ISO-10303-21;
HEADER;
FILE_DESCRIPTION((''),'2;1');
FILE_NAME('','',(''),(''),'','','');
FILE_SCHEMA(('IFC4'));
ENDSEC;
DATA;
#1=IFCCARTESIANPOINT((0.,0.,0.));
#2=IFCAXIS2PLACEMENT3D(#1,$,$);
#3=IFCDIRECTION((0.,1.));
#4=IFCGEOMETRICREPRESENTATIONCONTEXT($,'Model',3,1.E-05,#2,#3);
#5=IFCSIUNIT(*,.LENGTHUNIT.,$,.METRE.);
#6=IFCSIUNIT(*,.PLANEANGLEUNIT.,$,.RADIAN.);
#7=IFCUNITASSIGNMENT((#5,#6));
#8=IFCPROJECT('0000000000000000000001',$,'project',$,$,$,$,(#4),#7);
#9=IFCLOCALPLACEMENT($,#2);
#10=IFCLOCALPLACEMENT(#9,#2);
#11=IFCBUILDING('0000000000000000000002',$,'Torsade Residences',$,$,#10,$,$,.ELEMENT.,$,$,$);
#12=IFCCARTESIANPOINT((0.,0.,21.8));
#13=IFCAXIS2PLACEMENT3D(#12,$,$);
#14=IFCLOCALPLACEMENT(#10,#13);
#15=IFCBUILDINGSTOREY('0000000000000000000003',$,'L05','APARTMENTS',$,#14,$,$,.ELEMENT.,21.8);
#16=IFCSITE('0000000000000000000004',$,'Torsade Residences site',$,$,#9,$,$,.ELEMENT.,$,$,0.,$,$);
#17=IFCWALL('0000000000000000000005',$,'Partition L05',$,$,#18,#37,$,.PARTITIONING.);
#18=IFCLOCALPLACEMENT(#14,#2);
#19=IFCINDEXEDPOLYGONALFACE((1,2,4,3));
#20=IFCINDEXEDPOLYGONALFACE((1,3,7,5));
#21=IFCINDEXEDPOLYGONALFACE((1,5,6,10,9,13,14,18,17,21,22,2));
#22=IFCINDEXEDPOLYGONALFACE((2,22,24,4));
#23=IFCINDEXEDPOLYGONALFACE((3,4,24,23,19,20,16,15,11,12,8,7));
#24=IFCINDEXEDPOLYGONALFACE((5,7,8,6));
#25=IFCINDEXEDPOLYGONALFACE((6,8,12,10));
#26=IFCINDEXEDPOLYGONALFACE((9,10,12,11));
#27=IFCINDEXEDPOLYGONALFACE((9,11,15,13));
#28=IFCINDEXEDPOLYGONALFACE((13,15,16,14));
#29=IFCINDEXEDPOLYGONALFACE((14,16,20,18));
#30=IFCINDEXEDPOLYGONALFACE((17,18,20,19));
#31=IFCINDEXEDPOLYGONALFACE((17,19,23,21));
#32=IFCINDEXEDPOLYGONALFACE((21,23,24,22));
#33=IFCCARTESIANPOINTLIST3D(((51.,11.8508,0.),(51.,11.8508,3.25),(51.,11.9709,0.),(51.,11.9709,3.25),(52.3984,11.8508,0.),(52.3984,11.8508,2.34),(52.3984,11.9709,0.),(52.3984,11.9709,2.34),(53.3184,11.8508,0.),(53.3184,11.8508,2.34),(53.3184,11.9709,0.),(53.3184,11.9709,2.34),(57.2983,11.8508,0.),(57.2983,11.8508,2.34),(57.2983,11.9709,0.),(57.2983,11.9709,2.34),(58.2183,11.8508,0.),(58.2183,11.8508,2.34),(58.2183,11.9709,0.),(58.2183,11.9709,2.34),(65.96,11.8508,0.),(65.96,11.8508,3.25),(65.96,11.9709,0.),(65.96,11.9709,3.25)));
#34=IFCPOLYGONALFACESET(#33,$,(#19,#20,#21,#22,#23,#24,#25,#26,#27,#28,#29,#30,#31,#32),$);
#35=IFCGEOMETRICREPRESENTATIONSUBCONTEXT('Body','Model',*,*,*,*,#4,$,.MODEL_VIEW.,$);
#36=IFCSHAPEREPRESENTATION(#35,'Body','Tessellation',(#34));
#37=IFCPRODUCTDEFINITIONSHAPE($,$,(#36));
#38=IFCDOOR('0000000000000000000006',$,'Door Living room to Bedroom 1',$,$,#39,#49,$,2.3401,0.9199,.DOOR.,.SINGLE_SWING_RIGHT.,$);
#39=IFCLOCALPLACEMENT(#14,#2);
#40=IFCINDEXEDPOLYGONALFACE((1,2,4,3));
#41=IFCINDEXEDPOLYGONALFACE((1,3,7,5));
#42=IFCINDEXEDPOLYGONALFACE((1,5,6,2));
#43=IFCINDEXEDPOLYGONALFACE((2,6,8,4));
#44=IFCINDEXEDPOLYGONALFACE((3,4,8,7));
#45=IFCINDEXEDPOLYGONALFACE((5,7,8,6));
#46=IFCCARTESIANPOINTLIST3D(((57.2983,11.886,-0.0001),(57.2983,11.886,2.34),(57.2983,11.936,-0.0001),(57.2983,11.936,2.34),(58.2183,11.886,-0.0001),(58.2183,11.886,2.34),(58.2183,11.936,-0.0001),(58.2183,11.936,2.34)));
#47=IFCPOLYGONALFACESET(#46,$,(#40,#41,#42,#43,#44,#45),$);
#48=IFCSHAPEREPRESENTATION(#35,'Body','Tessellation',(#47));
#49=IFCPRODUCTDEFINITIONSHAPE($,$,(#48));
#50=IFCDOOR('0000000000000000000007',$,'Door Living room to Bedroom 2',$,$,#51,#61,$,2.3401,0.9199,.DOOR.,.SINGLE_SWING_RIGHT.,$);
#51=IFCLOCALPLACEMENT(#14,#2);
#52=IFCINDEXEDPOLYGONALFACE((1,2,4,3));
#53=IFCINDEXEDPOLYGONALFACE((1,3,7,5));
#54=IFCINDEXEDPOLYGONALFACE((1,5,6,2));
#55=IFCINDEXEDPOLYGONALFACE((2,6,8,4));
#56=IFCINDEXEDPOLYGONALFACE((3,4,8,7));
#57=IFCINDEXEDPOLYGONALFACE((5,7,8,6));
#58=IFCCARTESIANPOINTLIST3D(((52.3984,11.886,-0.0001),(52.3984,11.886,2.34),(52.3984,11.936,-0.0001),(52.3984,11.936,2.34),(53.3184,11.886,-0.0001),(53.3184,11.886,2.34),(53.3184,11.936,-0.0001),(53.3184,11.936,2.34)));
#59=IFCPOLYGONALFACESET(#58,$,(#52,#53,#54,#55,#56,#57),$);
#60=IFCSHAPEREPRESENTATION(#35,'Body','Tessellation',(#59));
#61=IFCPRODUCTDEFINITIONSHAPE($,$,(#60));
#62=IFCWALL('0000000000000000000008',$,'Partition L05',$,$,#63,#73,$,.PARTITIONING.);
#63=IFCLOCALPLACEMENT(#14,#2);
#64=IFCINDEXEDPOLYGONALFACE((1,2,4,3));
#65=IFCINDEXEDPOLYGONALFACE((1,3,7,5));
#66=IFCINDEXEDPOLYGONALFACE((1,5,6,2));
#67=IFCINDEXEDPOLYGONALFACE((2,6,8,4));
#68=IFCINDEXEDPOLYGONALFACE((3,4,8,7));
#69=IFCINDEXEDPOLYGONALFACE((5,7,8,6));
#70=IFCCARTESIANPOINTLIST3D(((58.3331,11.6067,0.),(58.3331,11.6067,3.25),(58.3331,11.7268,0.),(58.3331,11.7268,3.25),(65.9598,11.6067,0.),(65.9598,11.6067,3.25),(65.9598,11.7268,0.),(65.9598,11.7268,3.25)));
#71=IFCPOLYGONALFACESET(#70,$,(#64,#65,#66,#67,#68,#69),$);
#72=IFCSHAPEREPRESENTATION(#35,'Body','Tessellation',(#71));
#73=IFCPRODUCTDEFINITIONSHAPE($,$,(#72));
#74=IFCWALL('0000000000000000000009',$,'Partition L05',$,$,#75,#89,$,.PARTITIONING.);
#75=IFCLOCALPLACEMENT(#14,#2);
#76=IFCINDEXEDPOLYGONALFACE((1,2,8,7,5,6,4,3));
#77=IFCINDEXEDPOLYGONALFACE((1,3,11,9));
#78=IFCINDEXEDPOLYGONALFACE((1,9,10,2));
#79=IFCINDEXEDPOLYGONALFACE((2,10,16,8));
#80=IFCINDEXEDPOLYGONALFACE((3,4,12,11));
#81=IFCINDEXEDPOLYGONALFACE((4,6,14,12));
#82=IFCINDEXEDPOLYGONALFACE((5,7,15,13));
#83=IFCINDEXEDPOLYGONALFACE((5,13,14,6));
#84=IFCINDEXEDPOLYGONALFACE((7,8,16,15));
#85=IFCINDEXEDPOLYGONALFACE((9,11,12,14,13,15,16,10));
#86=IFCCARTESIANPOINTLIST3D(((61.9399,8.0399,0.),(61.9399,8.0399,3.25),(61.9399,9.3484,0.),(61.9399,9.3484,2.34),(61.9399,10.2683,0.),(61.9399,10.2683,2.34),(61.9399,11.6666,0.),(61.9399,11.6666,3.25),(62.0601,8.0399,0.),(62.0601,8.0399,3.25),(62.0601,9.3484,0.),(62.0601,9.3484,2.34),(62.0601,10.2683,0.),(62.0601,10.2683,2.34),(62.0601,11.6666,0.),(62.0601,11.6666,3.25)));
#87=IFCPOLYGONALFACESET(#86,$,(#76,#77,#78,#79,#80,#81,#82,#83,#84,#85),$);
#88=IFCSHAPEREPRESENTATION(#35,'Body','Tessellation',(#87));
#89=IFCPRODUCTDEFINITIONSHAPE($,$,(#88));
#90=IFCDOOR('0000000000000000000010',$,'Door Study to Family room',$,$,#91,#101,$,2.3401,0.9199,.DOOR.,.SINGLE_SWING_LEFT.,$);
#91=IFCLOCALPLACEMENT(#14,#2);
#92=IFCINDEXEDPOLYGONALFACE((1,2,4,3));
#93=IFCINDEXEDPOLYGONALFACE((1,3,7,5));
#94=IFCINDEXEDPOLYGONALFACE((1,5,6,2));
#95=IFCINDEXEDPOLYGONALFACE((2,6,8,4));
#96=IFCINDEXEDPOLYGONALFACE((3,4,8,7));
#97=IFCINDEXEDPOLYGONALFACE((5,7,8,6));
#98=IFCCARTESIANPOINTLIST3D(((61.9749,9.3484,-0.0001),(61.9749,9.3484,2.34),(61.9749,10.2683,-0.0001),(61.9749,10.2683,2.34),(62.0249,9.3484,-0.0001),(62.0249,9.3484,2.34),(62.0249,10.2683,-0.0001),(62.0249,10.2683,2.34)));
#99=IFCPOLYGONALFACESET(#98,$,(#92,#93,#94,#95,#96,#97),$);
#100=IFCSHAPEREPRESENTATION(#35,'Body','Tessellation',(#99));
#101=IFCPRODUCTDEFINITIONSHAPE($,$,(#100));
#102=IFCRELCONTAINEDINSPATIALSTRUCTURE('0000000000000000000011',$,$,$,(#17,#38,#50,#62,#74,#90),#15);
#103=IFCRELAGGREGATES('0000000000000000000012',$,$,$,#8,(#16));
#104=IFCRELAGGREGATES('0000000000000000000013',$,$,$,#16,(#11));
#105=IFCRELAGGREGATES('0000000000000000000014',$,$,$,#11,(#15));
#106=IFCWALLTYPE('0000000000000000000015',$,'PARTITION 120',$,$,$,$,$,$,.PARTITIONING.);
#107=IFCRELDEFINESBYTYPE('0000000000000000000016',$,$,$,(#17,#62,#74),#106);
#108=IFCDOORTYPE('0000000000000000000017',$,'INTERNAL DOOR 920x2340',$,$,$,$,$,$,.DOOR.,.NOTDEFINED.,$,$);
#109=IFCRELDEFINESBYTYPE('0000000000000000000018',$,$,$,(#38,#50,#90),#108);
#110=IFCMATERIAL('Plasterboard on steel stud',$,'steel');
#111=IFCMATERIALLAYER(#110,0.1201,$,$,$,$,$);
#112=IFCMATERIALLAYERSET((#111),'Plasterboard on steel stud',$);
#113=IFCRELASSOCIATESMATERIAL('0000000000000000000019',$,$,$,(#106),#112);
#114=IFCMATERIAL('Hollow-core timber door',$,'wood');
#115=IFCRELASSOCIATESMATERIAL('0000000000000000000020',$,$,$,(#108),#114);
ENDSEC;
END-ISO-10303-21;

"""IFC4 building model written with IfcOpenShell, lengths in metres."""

from ifc_helpers import new_model, si_unit, direction, frame, frame_2d, origin, place, context, subcontext, project, spatial, rectangle, extrude, material, layer, layer_set, type_object, element, fill, save


model = new_model("IFC4")

# Units and contexts
model_context = context("Model", 3, precision=1e-05, world=origin(), true_north=direction((0.0, 1.0)))
body_context = subcontext(model_context, "Body", "Model", "MODEL_VIEW")
ifc_project = project(units=[si_unit("LENGTHUNIT", "METRE"), si_unit("PLANEANGLEUNIT", "RADIAN")], contexts=[model_context])

# Site, building, storey
site_placement = place(None, origin())
site = spatial("IfcSite", under=ifc_project, at=site_placement, Name="Torsade Residences site", CompositionType="ELEMENT", RefElevation=0.0)
building_placement = place(site_placement, origin())
building = spatial("IfcBuilding", under=site, at=building_placement, Name="Torsade Residences", CompositionType="ELEMENT")
storey_placement = place(building_placement, frame((0.0, 0.0, 21.8)))
storey = spatial("IfcBuildingStorey", under=building, at=storey_placement, Name="L05", Description="APARTMENTS", CompositionType="ELEMENT", Elevation=21.8)

# Wall, openings, doors
ifc_material_1 = material(Name="Plasterboard on steel stud", Category="steel")
ifc_layer_1 = layer(ifc_material_1, 0.1201)
ifc_layer_set_1 = layer_set([ifc_layer_1], Name="Plasterboard on steel stud")
wall_type = type_object("IfcWallType", Name="PARTITION 120", PredefinedType="PARTITIONING", material=ifc_layer_set_1)
wall_1_placement = place(storey_placement, frame((65.96, 11.9109, 0.0), z_axis=(0.0, 0.0, 1.0), x_axis=(-1.0, 0.0, 0.0)))
wall_1 = element("IfcWall", 1, at=wall_1_placement, inside=storey, type_object=wall_type, Name="Partition L05", PredefinedType="PARTITIONING", context=body_context, shape_type="SweptSolid", body=[
    extrude(rectangle(XDim=14.96, YDim=0.1201, at=frame_2d((7.48, 0.0))), origin(), (0.0, 0.0, 1.0), 3.25),
])
opening_1_placement = place(wall_1_placement, frame((7.7417, 0.0, 0.0)))
opening_1 = element("IfcOpeningElement", 2, at=opening_1_placement, cuts=wall_1, PredefinedType="OPENING", context=body_context, shape_type="SweptSolid", body=[
    extrude(rectangle(XDim=0.9199, YDim=2.3401, at=frame_2d((0.46, 1.1699))), frame((0.0, 0.0701, 0.0), z_axis=(0.0, -1.0, 0.0), x_axis=(1.0, 0.0, 0.0)), (0.0, 0.0, 1.0), 0.1401),
])
opening_2_placement = place(wall_1_placement, frame((12.6416, 0.0, 0.0)))
opening_2 = element("IfcOpeningElement", 3, at=opening_2_placement, cuts=wall_1, PredefinedType="OPENING", context=body_context, shape_type="SweptSolid", body=[
    extrude(rectangle(XDim=0.9199, YDim=2.3401, at=frame_2d((0.46, 1.1699))), frame((0.0, 0.0701, 0.0), z_axis=(0.0, -1.0, 0.0), x_axis=(1.0, 0.0, 0.0)), (0.0, 0.0, 1.0), 0.1401),
])
ifc_material_2 = material(Name="Hollow-core timber door", Category="wood")
door_type = type_object("IfcDoorType", Name="INTERNAL DOOR 920x2340", OperationType="NOTDEFINED", PredefinedType="DOOR", material=ifc_material_2)
door_1_placement = place(opening_1_placement, origin())
door_1 = element("IfcDoor", 4, at=door_1_placement, inside=storey, type_object=door_type, Name="Door Living room to Bedroom 1", OperationType="SINGLE_SWING_RIGHT", OverallHeight=2.3401, OverallWidth=0.9199, PredefinedType="DOOR", context=body_context, shape_type="SweptSolid", body=[
    extrude(rectangle(XDim=0.9199, YDim=2.3401, at=frame_2d((0.46, 1.1699))), frame((0.0, 0.0249, 0.0), z_axis=(0.0, -1.0, 0.0), x_axis=(1.0, 0.0, 0.0)), (0.0, 0.0, 1.0), 0.05),
])
fill(opening_1, door_1)
door_2_placement = place(opening_2_placement, origin())
door_2 = element("IfcDoor", 5, at=door_2_placement, inside=storey, type_object=door_type, Name="Door Living room to Bedroom 2", OperationType="SINGLE_SWING_RIGHT", OverallHeight=2.3401, OverallWidth=0.9199, PredefinedType="DOOR", context=body_context, shape_type="SweptSolid", body=[
    extrude(rectangle(XDim=0.9199, YDim=2.3401, at=frame_2d((0.46, 1.1699))), frame((0.0, 0.0249, 0.0), z_axis=(0.0, -1.0, 0.0), x_axis=(1.0, 0.0, 0.0)), (0.0, 0.0, 1.0), 0.05),
])
fill(opening_2, door_2)

# Wall
wall_2_placement = place(storey_placement, frame((65.96, 11.6667, 0.0), z_axis=(0.0, 0.0, 1.0), x_axis=(-1.0, 0.0, 0.0)))
element("IfcWall", 6, at=wall_2_placement, inside=storey, type_object=wall_type, Name="Partition L05", PredefinedType="PARTITIONING", context=body_context, shape_type="SweptSolid", body=[
    extrude(rectangle(XDim=7.6267, YDim=0.1201, at=frame_2d((3.8135, 0.0))), origin(), (0.0, 0.0, 1.0), 3.25),
])

# Wall, opening, door
wall_3_placement = place(storey_placement, frame((62.0, 11.6667, 0.0), z_axis=(0.0, 0.0, 1.0), x_axis=(0.0, -1.0, 0.0)))
wall_3 = element("IfcWall", 7, at=wall_3_placement, inside=storey, type_object=wall_type, Name="Partition L05", PredefinedType="PARTITIONING", context=body_context, shape_type="SweptSolid", body=[
    extrude(rectangle(XDim=3.6267, YDim=0.1201, at=frame_2d((1.8135, 0.0))), origin(), (0.0, 0.0, 1.0), 3.25),
])
opening_3_placement = place(wall_3_placement, frame((1.3984, 0.0, 0.0)))
opening_3 = element("IfcOpeningElement", 8, at=opening_3_placement, cuts=wall_3, PredefinedType="OPENING", context=body_context, shape_type="SweptSolid", body=[
    extrude(rectangle(XDim=0.9199, YDim=2.3401, at=frame_2d((0.46, 1.1699))), frame((0.0, 0.0701, 0.0), z_axis=(0.0, -1.0, 0.0), x_axis=(1.0, 0.0, 0.0)), (0.0, 0.0, 1.0), 0.1401),
])
door_3_placement = place(opening_3_placement, origin())
door_3 = element("IfcDoor", 9, at=door_3_placement, inside=storey, type_object=door_type, Name="Door Study to Family room", OperationType="SINGLE_SWING_LEFT", OverallHeight=2.3401, OverallWidth=0.9199, PredefinedType="DOOR", context=body_context, shape_type="SweptSolid", body=[
    extrude(rectangle(XDim=0.9199, YDim=2.3401, at=frame_2d((0.46, 1.1699))), frame((0.0, 0.0249, 0.0), z_axis=(0.0, -1.0, 0.0), x_axis=(1.0, 0.0, 0.0)), (0.0, 0.0, 1.0), 0.05),
])
fill(opening_3, door_3)

save(model, "model.ifc")
